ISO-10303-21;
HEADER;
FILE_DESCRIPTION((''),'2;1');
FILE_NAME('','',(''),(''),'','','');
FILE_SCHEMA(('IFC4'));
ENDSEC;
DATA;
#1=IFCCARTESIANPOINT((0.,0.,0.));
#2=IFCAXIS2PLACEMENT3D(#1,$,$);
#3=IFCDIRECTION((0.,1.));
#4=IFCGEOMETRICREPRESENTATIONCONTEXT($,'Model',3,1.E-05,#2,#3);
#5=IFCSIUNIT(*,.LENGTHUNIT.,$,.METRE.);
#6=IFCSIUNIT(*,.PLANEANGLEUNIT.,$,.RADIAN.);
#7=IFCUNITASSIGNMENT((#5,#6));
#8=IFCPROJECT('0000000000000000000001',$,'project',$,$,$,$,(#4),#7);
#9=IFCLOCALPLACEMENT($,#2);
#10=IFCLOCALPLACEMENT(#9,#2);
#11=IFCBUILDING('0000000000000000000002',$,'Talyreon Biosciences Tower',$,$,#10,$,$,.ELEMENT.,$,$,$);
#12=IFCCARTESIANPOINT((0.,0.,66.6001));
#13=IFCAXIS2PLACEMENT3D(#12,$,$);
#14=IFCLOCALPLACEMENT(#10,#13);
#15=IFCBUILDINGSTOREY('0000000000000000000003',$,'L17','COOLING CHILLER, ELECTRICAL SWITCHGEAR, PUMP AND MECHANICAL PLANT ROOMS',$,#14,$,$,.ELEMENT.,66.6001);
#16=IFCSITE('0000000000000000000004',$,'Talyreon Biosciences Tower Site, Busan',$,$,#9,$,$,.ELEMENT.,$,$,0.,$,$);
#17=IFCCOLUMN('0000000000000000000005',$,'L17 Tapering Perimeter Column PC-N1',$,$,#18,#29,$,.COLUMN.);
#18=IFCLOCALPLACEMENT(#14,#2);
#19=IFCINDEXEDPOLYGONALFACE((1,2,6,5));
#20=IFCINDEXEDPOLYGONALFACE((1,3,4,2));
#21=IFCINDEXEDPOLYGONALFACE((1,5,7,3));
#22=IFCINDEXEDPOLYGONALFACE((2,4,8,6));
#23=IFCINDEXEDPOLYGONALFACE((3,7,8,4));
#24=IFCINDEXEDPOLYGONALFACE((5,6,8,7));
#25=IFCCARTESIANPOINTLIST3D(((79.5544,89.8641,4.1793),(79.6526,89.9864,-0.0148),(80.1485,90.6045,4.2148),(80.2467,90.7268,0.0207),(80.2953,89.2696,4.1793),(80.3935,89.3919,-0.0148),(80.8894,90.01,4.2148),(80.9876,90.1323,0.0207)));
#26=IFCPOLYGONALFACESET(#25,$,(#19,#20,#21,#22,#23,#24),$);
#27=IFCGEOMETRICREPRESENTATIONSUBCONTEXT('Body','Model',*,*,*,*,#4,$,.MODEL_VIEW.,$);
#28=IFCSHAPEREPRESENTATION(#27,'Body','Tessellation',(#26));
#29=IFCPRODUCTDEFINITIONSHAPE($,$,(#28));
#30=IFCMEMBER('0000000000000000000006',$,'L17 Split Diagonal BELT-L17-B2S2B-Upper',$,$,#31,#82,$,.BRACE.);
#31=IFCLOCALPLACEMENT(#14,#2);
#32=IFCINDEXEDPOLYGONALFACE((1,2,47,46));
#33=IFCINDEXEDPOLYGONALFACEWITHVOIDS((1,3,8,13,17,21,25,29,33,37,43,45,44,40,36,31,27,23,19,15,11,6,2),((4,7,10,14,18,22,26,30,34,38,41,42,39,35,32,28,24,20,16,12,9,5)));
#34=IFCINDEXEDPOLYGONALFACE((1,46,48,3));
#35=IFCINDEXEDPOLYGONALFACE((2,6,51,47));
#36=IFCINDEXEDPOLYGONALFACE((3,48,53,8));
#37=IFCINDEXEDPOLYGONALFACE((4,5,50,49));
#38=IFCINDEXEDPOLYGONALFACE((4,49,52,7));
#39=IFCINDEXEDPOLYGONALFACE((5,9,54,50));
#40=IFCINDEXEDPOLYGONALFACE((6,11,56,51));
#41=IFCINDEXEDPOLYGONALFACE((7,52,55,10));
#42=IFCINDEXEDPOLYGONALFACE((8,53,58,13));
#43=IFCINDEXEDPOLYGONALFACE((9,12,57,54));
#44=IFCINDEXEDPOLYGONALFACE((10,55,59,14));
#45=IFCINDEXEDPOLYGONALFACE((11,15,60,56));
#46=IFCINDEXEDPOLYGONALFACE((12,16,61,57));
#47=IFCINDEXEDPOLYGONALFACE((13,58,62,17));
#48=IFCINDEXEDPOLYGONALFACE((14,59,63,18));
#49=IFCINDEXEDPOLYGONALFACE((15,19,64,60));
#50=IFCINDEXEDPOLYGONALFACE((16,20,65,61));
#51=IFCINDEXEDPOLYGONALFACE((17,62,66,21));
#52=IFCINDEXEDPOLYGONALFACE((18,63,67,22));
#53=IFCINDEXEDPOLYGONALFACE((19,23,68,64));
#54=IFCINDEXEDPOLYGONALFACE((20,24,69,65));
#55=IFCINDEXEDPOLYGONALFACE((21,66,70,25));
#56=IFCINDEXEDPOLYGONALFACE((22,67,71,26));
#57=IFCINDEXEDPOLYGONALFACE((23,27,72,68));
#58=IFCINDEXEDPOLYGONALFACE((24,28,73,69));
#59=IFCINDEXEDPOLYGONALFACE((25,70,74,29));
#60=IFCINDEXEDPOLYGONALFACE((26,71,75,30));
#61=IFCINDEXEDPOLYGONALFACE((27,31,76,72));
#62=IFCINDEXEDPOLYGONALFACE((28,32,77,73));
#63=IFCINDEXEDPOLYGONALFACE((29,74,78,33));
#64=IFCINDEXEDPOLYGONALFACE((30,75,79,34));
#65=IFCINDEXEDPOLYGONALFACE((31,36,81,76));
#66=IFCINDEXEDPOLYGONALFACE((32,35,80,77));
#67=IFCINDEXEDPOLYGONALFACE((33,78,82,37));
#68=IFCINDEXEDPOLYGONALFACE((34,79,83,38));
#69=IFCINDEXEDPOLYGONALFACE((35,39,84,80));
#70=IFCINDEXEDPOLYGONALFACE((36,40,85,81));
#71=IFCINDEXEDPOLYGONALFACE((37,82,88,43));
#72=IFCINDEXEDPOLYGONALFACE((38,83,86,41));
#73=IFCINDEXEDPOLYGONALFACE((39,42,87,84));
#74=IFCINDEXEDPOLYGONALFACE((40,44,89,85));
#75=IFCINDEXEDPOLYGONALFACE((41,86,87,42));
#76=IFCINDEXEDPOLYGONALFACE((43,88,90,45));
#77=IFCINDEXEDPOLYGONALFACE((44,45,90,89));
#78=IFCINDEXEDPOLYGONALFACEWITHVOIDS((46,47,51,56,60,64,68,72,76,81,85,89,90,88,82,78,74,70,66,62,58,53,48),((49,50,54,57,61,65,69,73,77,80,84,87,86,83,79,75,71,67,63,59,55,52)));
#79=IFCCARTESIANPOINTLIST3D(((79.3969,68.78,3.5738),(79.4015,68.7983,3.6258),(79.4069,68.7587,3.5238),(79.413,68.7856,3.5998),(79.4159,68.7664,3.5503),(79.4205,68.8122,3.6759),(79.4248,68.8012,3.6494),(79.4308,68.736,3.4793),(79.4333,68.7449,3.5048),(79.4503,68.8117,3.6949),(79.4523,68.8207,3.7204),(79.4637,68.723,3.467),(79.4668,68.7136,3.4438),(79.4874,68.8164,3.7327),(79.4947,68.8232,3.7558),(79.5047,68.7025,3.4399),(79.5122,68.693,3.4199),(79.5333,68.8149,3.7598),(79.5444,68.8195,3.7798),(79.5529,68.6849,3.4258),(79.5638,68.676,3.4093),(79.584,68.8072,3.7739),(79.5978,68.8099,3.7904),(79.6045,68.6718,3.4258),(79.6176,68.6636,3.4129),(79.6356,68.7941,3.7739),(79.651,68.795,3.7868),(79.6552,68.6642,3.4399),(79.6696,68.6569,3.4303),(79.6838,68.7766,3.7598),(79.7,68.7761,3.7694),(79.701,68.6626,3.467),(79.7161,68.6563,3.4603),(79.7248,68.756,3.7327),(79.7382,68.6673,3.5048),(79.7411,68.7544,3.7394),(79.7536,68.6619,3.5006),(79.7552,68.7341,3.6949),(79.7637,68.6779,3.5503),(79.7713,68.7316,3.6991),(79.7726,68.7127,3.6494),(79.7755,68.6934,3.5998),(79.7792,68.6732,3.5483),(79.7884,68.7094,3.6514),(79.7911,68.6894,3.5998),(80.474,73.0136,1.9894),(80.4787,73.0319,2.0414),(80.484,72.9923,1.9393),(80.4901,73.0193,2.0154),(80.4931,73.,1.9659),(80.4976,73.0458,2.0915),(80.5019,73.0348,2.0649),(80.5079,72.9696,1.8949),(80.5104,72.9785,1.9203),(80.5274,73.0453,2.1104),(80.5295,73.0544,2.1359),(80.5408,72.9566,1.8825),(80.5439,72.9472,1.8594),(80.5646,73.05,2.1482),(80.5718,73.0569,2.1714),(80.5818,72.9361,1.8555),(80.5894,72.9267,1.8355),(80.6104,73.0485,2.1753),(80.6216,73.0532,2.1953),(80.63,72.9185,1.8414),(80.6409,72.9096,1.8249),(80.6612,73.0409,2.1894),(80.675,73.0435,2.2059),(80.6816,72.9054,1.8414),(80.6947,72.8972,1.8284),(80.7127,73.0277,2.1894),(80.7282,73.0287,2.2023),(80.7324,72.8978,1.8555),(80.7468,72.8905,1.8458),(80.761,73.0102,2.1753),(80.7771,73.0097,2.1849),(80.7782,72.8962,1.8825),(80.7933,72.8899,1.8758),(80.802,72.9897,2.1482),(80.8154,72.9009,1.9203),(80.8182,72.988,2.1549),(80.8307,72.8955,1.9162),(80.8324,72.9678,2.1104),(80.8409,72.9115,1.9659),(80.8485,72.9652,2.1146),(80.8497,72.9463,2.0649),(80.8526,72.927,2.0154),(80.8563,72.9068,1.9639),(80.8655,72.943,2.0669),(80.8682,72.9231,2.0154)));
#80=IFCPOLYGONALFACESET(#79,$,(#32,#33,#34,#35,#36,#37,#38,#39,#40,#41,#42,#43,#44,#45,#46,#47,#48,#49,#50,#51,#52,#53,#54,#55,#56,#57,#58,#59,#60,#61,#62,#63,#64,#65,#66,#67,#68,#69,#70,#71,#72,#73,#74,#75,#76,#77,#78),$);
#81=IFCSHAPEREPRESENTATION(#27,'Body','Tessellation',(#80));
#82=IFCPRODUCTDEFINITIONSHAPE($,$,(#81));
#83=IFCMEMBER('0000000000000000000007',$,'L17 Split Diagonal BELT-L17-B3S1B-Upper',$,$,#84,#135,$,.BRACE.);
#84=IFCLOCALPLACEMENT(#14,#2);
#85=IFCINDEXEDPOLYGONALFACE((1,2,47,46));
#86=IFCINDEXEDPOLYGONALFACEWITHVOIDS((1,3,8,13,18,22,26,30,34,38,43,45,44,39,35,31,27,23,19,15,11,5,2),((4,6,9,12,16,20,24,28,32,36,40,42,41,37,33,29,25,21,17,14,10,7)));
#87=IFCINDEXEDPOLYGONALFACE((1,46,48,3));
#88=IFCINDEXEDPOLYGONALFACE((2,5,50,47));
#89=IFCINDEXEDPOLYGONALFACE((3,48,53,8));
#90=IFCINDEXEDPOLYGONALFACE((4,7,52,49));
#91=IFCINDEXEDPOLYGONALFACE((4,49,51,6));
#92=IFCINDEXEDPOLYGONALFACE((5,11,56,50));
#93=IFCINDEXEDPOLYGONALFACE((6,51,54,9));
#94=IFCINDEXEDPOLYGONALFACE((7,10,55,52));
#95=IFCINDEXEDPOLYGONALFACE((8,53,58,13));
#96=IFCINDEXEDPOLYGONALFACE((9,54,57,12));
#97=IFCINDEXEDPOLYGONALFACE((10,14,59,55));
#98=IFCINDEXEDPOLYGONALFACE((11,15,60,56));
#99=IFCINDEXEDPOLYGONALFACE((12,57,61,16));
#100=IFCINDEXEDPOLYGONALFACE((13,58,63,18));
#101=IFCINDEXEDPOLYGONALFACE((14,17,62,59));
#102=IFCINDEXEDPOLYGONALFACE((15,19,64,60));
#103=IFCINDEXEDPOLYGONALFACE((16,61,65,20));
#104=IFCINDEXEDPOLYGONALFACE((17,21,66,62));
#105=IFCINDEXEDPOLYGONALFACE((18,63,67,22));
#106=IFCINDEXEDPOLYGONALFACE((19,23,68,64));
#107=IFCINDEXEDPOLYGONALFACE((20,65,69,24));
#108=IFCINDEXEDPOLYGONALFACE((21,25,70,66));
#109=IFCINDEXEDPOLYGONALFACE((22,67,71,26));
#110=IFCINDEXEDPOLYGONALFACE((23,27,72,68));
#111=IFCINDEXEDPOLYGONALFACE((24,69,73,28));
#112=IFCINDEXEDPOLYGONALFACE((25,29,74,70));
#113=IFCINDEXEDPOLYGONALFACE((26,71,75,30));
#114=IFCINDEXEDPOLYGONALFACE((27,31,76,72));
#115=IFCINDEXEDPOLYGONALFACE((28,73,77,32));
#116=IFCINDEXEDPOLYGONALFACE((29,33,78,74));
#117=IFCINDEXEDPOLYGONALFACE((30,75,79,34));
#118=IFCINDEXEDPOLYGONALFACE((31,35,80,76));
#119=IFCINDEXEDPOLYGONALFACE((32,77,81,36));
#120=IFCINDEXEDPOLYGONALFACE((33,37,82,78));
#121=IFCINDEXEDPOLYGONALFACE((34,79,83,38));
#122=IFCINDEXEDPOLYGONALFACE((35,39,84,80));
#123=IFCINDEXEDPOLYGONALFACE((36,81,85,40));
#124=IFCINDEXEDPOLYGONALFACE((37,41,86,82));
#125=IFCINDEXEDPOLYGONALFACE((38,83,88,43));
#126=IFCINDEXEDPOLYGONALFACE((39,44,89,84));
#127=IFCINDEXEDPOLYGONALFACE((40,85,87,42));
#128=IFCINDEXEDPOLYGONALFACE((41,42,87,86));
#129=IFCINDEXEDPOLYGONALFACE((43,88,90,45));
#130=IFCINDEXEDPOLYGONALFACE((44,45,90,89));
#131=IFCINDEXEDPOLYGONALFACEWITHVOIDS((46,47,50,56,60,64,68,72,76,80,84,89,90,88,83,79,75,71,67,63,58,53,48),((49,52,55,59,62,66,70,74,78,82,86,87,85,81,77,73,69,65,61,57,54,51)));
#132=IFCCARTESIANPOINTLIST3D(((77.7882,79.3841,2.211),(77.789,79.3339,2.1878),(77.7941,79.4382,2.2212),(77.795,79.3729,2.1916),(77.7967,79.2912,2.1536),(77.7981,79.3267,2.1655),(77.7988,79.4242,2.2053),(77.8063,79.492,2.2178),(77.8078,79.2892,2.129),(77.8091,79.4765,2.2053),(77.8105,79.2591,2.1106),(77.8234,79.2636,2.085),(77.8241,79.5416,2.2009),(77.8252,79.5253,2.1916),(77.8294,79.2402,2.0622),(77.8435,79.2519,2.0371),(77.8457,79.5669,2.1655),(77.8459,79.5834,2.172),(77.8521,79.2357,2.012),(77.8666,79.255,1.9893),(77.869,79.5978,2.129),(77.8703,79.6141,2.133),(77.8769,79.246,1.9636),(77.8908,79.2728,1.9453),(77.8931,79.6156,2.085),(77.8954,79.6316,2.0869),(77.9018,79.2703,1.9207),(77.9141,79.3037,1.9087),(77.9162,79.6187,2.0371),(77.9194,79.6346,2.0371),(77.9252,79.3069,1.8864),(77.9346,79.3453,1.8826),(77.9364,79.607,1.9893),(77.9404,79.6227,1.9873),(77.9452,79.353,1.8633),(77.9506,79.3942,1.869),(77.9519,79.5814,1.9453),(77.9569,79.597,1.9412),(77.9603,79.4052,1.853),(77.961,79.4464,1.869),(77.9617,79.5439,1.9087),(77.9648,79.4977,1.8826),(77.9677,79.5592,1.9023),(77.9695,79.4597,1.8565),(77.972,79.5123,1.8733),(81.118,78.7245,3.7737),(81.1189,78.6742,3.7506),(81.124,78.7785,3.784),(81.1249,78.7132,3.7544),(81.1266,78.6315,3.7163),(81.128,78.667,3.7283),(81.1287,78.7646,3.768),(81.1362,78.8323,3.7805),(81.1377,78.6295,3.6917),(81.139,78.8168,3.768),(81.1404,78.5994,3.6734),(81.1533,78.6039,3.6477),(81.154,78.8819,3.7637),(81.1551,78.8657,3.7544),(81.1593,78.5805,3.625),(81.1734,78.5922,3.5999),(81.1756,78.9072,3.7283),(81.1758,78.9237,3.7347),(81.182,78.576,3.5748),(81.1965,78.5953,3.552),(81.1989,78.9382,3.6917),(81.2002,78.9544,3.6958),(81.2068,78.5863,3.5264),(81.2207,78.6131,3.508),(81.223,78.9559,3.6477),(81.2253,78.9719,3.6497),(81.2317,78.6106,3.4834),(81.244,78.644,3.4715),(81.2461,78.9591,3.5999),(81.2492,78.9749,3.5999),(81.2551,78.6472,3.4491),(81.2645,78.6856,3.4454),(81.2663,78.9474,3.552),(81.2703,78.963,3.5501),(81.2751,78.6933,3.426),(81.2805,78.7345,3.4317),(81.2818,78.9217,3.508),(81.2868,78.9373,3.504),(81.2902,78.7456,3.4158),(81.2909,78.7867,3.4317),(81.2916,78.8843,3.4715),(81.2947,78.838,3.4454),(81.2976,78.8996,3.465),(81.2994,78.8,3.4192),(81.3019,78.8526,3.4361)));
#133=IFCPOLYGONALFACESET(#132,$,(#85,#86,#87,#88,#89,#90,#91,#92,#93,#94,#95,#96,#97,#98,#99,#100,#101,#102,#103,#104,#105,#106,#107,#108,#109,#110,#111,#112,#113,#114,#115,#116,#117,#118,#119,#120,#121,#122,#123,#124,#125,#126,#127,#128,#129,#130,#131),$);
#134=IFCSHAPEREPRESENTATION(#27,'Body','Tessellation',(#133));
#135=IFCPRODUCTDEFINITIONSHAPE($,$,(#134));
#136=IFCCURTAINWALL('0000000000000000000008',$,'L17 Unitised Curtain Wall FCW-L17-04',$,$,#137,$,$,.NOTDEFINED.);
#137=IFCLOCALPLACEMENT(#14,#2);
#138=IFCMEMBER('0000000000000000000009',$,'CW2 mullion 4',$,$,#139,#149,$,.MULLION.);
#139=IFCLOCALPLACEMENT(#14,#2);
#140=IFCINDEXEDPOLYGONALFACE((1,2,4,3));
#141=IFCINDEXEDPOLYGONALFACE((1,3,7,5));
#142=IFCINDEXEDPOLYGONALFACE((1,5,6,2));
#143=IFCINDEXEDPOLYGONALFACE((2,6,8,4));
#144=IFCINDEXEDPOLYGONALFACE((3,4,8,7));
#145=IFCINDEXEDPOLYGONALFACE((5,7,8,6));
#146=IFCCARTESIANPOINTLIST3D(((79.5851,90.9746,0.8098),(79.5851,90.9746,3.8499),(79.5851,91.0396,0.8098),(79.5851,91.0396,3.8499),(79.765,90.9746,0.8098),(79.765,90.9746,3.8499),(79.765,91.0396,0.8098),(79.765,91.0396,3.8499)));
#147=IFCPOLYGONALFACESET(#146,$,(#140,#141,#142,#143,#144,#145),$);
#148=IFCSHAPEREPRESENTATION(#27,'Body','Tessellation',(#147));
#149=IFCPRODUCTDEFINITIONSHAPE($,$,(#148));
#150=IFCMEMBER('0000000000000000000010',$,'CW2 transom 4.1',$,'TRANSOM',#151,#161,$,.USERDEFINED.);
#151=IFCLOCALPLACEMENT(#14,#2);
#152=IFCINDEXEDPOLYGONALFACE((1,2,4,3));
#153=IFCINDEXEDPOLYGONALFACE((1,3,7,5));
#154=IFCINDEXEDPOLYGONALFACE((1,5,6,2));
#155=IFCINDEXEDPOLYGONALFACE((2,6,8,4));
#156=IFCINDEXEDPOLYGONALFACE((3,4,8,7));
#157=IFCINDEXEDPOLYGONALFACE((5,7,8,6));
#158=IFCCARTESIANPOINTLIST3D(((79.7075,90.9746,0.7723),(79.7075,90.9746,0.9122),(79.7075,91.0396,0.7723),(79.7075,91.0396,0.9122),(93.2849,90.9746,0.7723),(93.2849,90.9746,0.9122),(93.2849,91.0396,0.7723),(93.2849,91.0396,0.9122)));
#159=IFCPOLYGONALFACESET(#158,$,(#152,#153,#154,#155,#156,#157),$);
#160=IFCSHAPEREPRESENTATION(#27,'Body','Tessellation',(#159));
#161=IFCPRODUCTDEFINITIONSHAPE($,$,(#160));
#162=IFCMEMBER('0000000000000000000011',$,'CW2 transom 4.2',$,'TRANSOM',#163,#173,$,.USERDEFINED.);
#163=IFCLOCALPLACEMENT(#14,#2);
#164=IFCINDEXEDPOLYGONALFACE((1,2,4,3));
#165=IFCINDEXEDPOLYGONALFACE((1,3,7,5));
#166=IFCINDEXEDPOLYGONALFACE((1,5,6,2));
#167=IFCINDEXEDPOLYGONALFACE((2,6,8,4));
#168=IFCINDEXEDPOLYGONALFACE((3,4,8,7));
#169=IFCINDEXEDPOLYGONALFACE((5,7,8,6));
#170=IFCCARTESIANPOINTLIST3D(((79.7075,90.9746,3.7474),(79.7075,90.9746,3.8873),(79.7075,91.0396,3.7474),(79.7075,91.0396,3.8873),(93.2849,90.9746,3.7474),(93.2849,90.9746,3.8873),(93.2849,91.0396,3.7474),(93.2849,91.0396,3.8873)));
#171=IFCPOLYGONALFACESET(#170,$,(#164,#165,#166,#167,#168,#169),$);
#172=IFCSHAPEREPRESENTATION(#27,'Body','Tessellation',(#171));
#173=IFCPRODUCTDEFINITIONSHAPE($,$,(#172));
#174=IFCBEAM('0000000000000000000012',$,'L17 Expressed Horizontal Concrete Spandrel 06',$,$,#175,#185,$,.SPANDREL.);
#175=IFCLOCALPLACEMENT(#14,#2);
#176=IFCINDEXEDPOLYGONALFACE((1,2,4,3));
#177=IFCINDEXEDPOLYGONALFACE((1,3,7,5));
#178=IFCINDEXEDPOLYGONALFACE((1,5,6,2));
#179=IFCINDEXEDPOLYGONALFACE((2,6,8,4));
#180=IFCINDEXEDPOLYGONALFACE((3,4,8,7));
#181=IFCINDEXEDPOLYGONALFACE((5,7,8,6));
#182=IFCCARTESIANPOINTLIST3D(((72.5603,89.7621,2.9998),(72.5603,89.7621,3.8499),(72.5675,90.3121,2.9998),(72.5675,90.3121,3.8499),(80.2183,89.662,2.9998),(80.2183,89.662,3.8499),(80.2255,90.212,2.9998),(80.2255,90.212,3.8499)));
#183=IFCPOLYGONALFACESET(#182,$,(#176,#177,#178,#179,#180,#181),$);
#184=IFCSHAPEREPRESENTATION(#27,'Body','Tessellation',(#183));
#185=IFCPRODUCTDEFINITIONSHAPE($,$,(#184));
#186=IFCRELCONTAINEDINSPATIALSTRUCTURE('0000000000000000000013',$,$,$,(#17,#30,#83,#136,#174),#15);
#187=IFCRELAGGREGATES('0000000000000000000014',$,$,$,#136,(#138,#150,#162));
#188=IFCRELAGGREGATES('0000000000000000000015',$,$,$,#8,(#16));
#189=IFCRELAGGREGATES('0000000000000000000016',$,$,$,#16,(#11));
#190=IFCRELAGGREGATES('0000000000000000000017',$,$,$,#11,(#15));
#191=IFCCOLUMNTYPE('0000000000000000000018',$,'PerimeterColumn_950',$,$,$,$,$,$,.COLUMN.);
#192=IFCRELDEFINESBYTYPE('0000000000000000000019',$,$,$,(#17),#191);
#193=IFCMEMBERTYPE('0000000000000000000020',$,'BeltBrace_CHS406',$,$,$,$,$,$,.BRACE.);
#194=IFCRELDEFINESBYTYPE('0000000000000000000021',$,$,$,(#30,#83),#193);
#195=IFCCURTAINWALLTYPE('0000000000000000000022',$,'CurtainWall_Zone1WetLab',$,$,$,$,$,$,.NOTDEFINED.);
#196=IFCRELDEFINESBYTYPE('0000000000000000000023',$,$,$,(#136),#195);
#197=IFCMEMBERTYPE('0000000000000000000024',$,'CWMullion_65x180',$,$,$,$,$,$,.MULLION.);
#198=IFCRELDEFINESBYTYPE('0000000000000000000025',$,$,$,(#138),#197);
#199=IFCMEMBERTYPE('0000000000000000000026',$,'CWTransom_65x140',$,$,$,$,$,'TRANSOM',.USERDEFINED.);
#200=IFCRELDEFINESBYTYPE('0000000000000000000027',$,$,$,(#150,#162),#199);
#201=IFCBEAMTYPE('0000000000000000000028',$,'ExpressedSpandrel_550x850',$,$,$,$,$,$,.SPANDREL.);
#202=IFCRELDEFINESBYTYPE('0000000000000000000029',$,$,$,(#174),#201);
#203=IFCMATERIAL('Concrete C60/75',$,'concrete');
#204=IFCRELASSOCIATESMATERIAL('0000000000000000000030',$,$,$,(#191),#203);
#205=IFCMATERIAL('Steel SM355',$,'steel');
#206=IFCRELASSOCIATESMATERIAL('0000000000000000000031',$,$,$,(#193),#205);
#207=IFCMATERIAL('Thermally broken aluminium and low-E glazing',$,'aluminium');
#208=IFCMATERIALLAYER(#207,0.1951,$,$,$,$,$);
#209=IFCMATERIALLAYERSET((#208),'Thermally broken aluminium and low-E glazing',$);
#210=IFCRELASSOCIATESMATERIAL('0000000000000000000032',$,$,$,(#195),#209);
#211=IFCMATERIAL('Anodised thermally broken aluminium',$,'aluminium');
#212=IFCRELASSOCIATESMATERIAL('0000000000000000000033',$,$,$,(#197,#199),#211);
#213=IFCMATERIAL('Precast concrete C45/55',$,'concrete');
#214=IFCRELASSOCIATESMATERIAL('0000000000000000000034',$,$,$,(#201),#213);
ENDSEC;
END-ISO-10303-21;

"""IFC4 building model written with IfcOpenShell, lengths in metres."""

from ifc_helpers import new_model, si_unit, direction, frame, origin, origin_2d, place, context, subcontext, project, spatial, rectangle, hollow_circle, extrude, material, layer, layer_set, material_profile, profile_set, type_object, element, aggregate, save


model = new_model("IFC4")

# Units and contexts
model_context = context("Model", 3, precision=1e-05, world=origin(), true_north=direction((0.0, 1.0)))
body_context = subcontext(model_context, "Body", "Model", "MODEL_VIEW")
ifc_project = project(units=[si_unit("LENGTHUNIT", "METRE"), si_unit("PLANEANGLEUNIT", "RADIAN")], contexts=[model_context])

# Site, building, storey
site_placement = place(None, origin())
site = spatial("IfcSite", under=ifc_project, at=site_placement, Name="Talyreon Biosciences Tower Site, Busan", CompositionType="ELEMENT", RefElevation=0.0)
building_placement = place(site_placement, origin())
building = spatial("IfcBuilding", under=site, at=building_placement, Name="Talyreon Biosciences Tower", CompositionType="ELEMENT")
storey_placement = place(building_placement, frame((0.0, 0.0, 66.6001)))
storey = spatial("IfcBuildingStorey", under=building, at=storey_placement, Name="L17", Description="COOLING CHILLER, ELECTRICAL SWITCHGEAR, PUMP AND MECHANICAL PLANT ROOMS", CompositionType="ELEMENT", Elevation=66.6001)

# Column
ifc_material_1 = material(Name="Concrete C60/75", Category="concrete")
ifc_material_profile_1 = material_profile(ifc_material_1, rectangle(XDim=0.95, YDim=0.95, at=origin_2d()), Name="RC 950x950")
ifc_profile_set_1 = profile_set([ifc_material_profile_1], Name="Concrete C60/75")
column_type = type_object("IfcColumnType", Name="PerimeterColumn_950", PredefinedType="COLUMN", material=ifc_profile_set_1)
column_placement = place(storey_placement, frame((80.3201, 90.0593, 0.0029), z_axis=(-0.023384, -0.029143, 0.999302), x_axis=(-0.779957, 0.625834, 0.0)))
element("IfcColumn", 1, at=column_placement, inside=storey, type_object=column_type, Name="L17 Tapering Perimeter Column PC-N1", PredefinedType="COLUMN", context=body_context, shape_type="SweptSolid", body=[
    extrude(rectangle(XDim=0.95, YDim=0.95, at=origin_2d()), origin(), (0.0, 0.0, 1.0), 4.197),
])

# Members
ifc_material_2 = material(Name="Steel SM355", Category="steel")
ifc_material_profile_2 = material_profile(ifc_material_2, hollow_circle(Radius=0.2031, WallThickness=0.0161, at=origin_2d()), Name="CHS 406.4x16")
ifc_profile_set_2 = profile_set([ifc_material_profile_2], Name="Steel SM355")
member_type_1 = type_object("IfcMemberType", Name="BeltBrace_CHS406", PredefinedType="BRACE", material=ifc_profile_set_2)
member_1_placement = place(storey_placement, frame((80.6714, 72.9731, 2.0154), z_axis=(-0.231795, -0.91105, 0.340967), x_axis=(0.969125, -0.24657, 0.0)))
element("IfcMember", 2, at=member_1_placement, inside=storey, type_object=member_type_1, Name="L17 Split Diagonal BELT-L17-B2S2B-Upper", PredefinedType="BRACE", context=body_context, shape_type="SweptSolid", body=[
    extrude(hollow_circle(Radius=0.2031, WallThickness=0.0161, at=origin_2d()), origin(), (0.0, 0.0, 1.0), 4.647),
])
member_2_placement = place(storey_placement, frame((77.8799, 79.4353, 2.0371), z_axis=(0.891046, -0.176524, 0.418182), x_axis=(0.194332, 0.980936, 0.0)))
element("IfcMember", 3, at=member_2_placement, inside=storey, type_object=member_type_1, Name="L17 Split Diagonal BELT-L17-B3S1B-Upper", PredefinedType="BRACE", context=body_context, shape_type="SweptSolid", body=[
    extrude(hollow_circle(Radius=0.2031, WallThickness=0.0161, at=origin_2d()), origin(), (0.0, 0.0, 1.0), 3.7371),
])

# Curtain wall, members
ifc_material_3 = material(Name="Thermally broken aluminium and low-E glazing", Category="aluminium")
ifc_layer_1 = layer(ifc_material_3, 0.1951)
ifc_layer_set_1 = layer_set([ifc_layer_1], Name="Thermally broken aluminium and low-E glazing")
curtain_wall_type = type_object("IfcCurtainWallType", Name="CurtainWall_Zone1WetLab", PredefinedType="NOTDEFINED", material=ifc_layer_set_1)
curtain_wall_placement = place(storey_placement, origin())
curtain_wall = element("IfcCurtainWall", 4, at=curtain_wall_placement, inside=storey, type_object=curtain_wall_type, Name="L17 Unitised Curtain Wall FCW-L17-04", PredefinedType="NOTDEFINED")
ifc_material_4 = material(Name="Anodised thermally broken aluminium", Category="aluminium")
ifc_material_profile_3 = material_profile(ifc_material_4, rectangle(XDim=0.0649, YDim=0.1799, at=origin_2d()), Name="ALUM MULLION 65x180")
ifc_profile_set_3 = profile_set([ifc_material_profile_3], Name="Anodised thermally broken aluminium")
member_type_2 = type_object("IfcMemberType", Name="CWMullion_65x180", PredefinedType="MULLION", material=ifc_profile_set_3)
member_3_placement = place(storey_placement, frame((79.675, 91.0071, 0.8098), z_axis=(0.0, 0.0, 1.0), x_axis=(0.0, 1.0, 0.0)))
member_3 = element("IfcMember", 5, at=member_3_placement, type_object=member_type_2, Name="CW2 mullion 4", PredefinedType="MULLION", context=body_context, shape_type="SweptSolid", body=[
    extrude(rectangle(XDim=0.0649, YDim=0.1799, at=origin_2d()), origin(), (0.0, 0.0, 1.0), 3.04),
])
ifc_material_profile_4 = material_profile(ifc_material_4, rectangle(XDim=0.0649, YDim=0.1399, at=origin_2d()), Name="ALUM TRANSOM 65x140")
ifc_profile_set_4 = profile_set([ifc_material_profile_4], Name="Anodised thermally broken aluminium")
member_type_3 = type_object("IfcMemberType", Name="CWTransom_65x140", ElementType="TRANSOM", PredefinedType="USERDEFINED", material=ifc_profile_set_4)
member_4_placement = place(storey_placement, frame((79.7075, 91.0071, 0.8423), z_axis=(1.0, 0.0, 0.0), x_axis=(0.0, 1.0, 0.0)))
member_4 = element("IfcMember", 6, at=member_4_placement, type_object=member_type_3, Name="CW2 transom 4.1", ObjectType="TRANSOM", PredefinedType="USERDEFINED", context=body_context, shape_type="SweptSolid", body=[
    extrude(rectangle(XDim=0.0649, YDim=0.1399, at=origin_2d()), origin(), (0.0, 0.0, 1.0), 13.5774),
])
member_5_placement = place(storey_placement, frame((79.7075, 91.0071, 3.8174), z_axis=(1.0, 0.0, 0.0), x_axis=(0.0, 1.0, 0.0)))
member_5 = element("IfcMember", 7, at=member_5_placement, type_object=member_type_3, Name="CW2 transom 4.2", ObjectType="TRANSOM", PredefinedType="USERDEFINED", context=body_context, shape_type="SweptSolid", body=[
    extrude(rectangle(XDim=0.0649, YDim=0.1399, at=origin_2d()), origin(), (0.0, 0.0, 1.0), 13.5774),
])
aggregate(curtain_wall, [member_3, member_4, member_5])

# Beam
ifc_material_5 = material(Name="Precast concrete C45/55", Category="concrete")
ifc_material_profile_5 = material_profile(ifc_material_5, rectangle(XDim=0.55, YDim=0.8501, at=origin_2d()), Name="RCB 550x850")
ifc_profile_set_5 = profile_set([ifc_material_profile_5], Name="Precast concrete C45/55")
beam_type = type_object("IfcBeamType", Name="ExpressedSpandrel_550x850", PredefinedType="SPANDREL", material=ifc_profile_set_5)
beam_placement = place(storey_placement, frame((80.2219, 89.937, 3.4248), z_axis=(-0.999915, 0.01307, 0.0), x_axis=(-0.01307, -0.999915, 0.0)))
element("IfcBeam", 8, at=beam_placement, inside=storey, type_object=beam_type, Name="L17 Expressed Horizontal Concrete Spandrel 06", PredefinedType="SPANDREL", context=body_context, shape_type="SweptSolid", body=[
    extrude(rectangle(XDim=0.55, YDim=0.8501, at=origin_2d()), origin(), (0.0, 0.0, 1.0), 7.6587),
])

save(model, "model.ifc")
